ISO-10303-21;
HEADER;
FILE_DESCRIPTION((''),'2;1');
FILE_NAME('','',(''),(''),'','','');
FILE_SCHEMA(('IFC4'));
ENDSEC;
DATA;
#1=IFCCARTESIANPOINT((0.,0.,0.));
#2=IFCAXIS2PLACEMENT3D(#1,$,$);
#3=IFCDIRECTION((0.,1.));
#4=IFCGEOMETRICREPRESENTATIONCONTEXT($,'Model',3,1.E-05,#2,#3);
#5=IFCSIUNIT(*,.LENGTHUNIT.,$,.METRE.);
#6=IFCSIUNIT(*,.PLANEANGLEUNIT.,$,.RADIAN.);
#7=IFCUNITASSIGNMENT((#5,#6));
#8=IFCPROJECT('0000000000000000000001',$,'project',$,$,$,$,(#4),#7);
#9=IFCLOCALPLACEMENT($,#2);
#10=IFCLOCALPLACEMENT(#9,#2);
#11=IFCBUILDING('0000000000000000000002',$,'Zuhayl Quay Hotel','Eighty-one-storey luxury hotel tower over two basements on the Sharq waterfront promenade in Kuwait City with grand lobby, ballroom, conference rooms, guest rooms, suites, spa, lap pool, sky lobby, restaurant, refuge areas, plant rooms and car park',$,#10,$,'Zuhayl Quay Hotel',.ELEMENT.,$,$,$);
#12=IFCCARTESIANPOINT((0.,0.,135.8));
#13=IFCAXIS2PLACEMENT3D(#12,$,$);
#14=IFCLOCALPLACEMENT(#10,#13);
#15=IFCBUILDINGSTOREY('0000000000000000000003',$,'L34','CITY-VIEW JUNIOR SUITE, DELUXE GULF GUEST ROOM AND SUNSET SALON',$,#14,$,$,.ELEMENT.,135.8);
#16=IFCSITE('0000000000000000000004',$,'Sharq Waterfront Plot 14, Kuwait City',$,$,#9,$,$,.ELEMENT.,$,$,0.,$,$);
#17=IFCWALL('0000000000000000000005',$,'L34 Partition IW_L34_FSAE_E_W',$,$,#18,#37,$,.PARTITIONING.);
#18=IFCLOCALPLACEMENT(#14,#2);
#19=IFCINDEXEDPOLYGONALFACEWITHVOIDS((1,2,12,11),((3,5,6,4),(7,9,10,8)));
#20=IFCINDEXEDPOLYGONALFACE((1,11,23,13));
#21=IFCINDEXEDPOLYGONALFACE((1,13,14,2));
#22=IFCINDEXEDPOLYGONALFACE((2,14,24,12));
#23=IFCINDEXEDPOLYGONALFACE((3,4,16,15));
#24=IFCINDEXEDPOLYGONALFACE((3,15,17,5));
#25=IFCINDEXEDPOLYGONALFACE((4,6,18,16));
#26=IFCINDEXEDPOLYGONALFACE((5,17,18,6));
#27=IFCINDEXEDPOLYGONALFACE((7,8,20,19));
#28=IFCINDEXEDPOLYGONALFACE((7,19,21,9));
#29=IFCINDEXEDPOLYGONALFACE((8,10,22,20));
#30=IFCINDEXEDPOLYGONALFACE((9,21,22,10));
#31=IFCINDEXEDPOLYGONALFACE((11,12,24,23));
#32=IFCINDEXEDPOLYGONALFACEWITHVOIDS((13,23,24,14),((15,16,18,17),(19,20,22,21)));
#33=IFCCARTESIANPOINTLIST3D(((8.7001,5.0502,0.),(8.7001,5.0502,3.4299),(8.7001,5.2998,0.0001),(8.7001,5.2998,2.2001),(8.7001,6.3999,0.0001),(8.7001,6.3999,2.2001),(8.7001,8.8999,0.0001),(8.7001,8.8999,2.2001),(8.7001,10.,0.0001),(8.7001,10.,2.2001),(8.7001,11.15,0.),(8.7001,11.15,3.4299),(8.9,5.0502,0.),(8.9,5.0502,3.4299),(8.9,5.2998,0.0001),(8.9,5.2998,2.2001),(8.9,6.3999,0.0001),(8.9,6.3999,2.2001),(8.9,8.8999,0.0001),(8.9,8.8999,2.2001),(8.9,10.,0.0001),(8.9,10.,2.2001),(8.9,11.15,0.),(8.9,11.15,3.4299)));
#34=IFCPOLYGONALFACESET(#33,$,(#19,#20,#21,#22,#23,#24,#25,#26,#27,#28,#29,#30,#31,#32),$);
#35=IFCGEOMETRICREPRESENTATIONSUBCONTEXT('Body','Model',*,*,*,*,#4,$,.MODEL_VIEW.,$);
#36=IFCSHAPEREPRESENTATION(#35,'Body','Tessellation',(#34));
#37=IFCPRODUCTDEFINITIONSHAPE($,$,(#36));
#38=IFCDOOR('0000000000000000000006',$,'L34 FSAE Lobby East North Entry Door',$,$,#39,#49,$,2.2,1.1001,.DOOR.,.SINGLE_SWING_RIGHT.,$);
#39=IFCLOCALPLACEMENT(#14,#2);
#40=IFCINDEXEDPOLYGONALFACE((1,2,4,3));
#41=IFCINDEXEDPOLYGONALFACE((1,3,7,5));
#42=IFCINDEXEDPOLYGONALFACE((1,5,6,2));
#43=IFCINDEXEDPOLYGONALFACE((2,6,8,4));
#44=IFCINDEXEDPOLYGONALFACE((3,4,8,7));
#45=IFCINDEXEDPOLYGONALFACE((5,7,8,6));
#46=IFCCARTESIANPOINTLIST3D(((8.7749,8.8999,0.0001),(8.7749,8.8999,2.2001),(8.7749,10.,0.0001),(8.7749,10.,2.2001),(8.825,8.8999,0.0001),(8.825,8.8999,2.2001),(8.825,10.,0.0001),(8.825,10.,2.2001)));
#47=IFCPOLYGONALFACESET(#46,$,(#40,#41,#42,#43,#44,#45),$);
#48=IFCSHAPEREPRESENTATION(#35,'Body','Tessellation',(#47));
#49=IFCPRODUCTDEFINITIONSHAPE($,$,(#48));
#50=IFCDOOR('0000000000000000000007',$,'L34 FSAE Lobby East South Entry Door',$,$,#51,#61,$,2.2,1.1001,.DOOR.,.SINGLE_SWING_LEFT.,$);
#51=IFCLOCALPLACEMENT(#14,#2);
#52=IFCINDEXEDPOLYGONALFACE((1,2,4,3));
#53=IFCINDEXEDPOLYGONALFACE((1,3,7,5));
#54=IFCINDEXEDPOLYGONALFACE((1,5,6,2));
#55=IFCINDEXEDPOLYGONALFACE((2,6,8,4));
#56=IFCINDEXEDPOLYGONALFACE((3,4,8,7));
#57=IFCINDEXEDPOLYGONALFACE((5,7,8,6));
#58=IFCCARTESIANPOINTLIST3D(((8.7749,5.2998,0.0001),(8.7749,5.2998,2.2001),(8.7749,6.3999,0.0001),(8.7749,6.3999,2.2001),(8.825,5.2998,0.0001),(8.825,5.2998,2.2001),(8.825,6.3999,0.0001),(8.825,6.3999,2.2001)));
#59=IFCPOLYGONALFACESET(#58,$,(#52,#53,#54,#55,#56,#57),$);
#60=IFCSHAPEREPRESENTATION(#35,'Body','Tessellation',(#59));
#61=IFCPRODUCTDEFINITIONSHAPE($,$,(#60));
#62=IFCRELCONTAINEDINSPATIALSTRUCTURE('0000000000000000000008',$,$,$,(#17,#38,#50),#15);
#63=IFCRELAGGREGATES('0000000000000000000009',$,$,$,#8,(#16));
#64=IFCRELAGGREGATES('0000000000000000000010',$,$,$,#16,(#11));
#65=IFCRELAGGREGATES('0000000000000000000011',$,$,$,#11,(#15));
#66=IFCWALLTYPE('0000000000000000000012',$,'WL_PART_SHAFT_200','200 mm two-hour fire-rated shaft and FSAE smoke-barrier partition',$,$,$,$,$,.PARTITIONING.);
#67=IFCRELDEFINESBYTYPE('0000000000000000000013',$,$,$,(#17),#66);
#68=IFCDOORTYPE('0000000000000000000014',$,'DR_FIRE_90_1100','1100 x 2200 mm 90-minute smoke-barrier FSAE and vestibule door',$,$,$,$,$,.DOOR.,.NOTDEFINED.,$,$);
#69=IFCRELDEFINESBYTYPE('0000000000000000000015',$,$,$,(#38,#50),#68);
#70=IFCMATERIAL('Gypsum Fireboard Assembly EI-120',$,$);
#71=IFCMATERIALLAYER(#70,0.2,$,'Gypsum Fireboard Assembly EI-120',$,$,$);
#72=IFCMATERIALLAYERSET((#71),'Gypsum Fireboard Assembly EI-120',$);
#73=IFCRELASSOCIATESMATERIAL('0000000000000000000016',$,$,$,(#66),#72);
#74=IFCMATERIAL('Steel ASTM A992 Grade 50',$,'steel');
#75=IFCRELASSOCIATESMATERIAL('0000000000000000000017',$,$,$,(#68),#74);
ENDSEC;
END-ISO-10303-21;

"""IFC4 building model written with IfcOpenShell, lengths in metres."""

from ifc_helpers import new_model, si_unit, direction, frame, frame_2d, origin, place, context, subcontext, project, spatial, rectangle, extrude, material, layer, layer_set, type_object, element, fill, save


model = new_model("IFC4")

# Units and contexts
model_context = context("Model", 3, precision=1e-05, world=origin(), true_north=direction((0.0, 1.0)))
body_context = subcontext(model_context, "Body", "Model", "MODEL_VIEW")
ifc_project = project(units=[si_unit("LENGTHUNIT", "METRE"), si_unit("PLANEANGLEUNIT", "RADIAN")], contexts=[model_context])

# Site, building, storey
site_placement = place(None, origin())
site = spatial("IfcSite", under=ifc_project, at=site_placement, Name="Sharq Waterfront Plot 14, Kuwait City", CompositionType="ELEMENT", RefElevation=0.0)
building_placement = place(site_placement, origin())
building = spatial("IfcBuilding", under=site, at=building_placement, Name="Zuhayl Quay Hotel", Description="Eighty-one-storey luxury hotel tower over two basements on the Sharq waterfront promenade in Kuwait City with grand lobby, ballroom, conference rooms, guest rooms, suites, spa, lap pool, sky lobby, restaurant, refuge areas, plant rooms and car park", LongName="Zuhayl Quay Hotel", CompositionType="ELEMENT")
storey_placement = place(building_placement, frame((0.0, 0.0, 135.8)))
storey = spatial("IfcBuildingStorey", under=building, at=storey_placement, Name="L34", Description="CITY-VIEW JUNIOR SUITE, DELUXE GULF GUEST ROOM AND SUNSET SALON", CompositionType="ELEMENT", Elevation=135.8)

# Shared definitions
ifc_material_1 = material(Name="Steel ASTM A992 Grade 50", Category="steel")

# Wall, openings, doors
ifc_material_2 = material(Name="Gypsum Fireboard Assembly EI-120")
ifc_layer_1 = layer(ifc_material_2, 0.2, Name="Gypsum Fireboard Assembly EI-120")
ifc_layer_set_1 = layer_set([ifc_layer_1], Name="Gypsum Fireboard Assembly EI-120")
wall_type_1 = type_object("IfcWallType", Name="WL_PART_SHAFT_200", Description="200 mm two-hour fire-rated shaft and FSAE smoke-barrier partition", PredefinedType="PARTITIONING", material=ifc_layer_set_1)
wall_1_placement = place(storey_placement, frame((8.8, 11.1499, 0.0), z_axis=(0.0, 0.0, 1.0), x_axis=(0.0, -1.0, 0.0)))
wall_1 = element("IfcWall", 1, at=wall_1_placement, inside=storey, type_object=wall_type_1, Name="L34 Partition IW_L34_FSAE_E_W", PredefinedType="PARTITIONING", context=body_context, shape_type="SweptSolid", body=[
    extrude(rectangle(XDim=6.0999, YDim=0.2, at=frame_2d((3.0498, 0.0))), origin(), (0.0, 0.0, 1.0), 3.4299),
])
opening_1_placement = place(wall_1_placement, frame((1.1499, 0.0, 0.0)))
opening_1 = element("IfcOpeningElement", 2, at=opening_1_placement, cuts=wall_1, PredefinedType="OPENING", context=body_context, shape_type="SweptSolid", body=[
    extrude(rectangle(XDim=1.1001, YDim=2.2, at=frame_2d((0.55, 1.1001))), frame((0.0, 0.1099, 0.0), z_axis=(0.0, -1.0, 0.0), x_axis=(1.0, 0.0, 0.0)), (0.0, 0.0, 1.0), 0.22),
])
opening_2_placement = place(wall_1_placement, frame((4.75, 0.0, 0.0)))
opening_2 = element("IfcOpeningElement", 3, at=opening_2_placement, cuts=wall_1, PredefinedType="OPENING", context=body_context, shape_type="SweptSolid", body=[
    extrude(rectangle(XDim=1.1001, YDim=2.2, at=frame_2d((0.55, 1.1001))), frame((0.0, 0.1099, 0.0), z_axis=(0.0, -1.0, 0.0), x_axis=(1.0, 0.0, 0.0)), (0.0, 0.0, 1.0), 0.22),
])
door_type_1 = type_object("IfcDoorType", Name="DR_FIRE_90_1100", Description="1100 x 2200 mm 90-minute smoke-barrier FSAE and vestibule door", OperationType="NOTDEFINED", PredefinedType="DOOR", material=ifc_material_1)
door_1_placement = place(opening_1_placement, origin())
door_1 = element("IfcDoor", 4, at=door_1_placement, inside=storey, type_object=door_type_1, Name="L34 FSAE Lobby East North Entry Door", OperationType="SINGLE_SWING_RIGHT", OverallHeight=2.2, OverallWidth=1.1001, PredefinedType="DOOR", context=body_context, shape_type="SweptSolid", body=[
    extrude(rectangle(XDim=1.1001, YDim=2.2, at=frame_2d((0.55, 1.1001))), frame((0.0, 0.0249, 0.0), z_axis=(0.0, -1.0, 0.0), x_axis=(1.0, 0.0, 0.0)), (0.0, 0.0, 1.0), 0.05),
])
fill(opening_1, door_1)
door_2_placement = place(opening_2_placement, origin())
door_2 = element("IfcDoor", 5, at=door_2_placement, inside=storey, type_object=door_type_1, Name="L34 FSAE Lobby East South Entry Door", OperationType="SINGLE_SWING_LEFT", OverallHeight=2.2, OverallWidth=1.1001, PredefinedType="DOOR", context=body_context, shape_type="SweptSolid", body=[
    extrude(rectangle(XDim=1.1001, YDim=2.2, at=frame_2d((0.55, 1.1001))), frame((0.0, 0.0249, 0.0), z_axis=(0.0, -1.0, 0.0), x_axis=(1.0, 0.0, 0.0)), (0.0, 0.0, 1.0), 0.05),
])
fill(opening_2, door_2)

save(model, "model.ifc")
